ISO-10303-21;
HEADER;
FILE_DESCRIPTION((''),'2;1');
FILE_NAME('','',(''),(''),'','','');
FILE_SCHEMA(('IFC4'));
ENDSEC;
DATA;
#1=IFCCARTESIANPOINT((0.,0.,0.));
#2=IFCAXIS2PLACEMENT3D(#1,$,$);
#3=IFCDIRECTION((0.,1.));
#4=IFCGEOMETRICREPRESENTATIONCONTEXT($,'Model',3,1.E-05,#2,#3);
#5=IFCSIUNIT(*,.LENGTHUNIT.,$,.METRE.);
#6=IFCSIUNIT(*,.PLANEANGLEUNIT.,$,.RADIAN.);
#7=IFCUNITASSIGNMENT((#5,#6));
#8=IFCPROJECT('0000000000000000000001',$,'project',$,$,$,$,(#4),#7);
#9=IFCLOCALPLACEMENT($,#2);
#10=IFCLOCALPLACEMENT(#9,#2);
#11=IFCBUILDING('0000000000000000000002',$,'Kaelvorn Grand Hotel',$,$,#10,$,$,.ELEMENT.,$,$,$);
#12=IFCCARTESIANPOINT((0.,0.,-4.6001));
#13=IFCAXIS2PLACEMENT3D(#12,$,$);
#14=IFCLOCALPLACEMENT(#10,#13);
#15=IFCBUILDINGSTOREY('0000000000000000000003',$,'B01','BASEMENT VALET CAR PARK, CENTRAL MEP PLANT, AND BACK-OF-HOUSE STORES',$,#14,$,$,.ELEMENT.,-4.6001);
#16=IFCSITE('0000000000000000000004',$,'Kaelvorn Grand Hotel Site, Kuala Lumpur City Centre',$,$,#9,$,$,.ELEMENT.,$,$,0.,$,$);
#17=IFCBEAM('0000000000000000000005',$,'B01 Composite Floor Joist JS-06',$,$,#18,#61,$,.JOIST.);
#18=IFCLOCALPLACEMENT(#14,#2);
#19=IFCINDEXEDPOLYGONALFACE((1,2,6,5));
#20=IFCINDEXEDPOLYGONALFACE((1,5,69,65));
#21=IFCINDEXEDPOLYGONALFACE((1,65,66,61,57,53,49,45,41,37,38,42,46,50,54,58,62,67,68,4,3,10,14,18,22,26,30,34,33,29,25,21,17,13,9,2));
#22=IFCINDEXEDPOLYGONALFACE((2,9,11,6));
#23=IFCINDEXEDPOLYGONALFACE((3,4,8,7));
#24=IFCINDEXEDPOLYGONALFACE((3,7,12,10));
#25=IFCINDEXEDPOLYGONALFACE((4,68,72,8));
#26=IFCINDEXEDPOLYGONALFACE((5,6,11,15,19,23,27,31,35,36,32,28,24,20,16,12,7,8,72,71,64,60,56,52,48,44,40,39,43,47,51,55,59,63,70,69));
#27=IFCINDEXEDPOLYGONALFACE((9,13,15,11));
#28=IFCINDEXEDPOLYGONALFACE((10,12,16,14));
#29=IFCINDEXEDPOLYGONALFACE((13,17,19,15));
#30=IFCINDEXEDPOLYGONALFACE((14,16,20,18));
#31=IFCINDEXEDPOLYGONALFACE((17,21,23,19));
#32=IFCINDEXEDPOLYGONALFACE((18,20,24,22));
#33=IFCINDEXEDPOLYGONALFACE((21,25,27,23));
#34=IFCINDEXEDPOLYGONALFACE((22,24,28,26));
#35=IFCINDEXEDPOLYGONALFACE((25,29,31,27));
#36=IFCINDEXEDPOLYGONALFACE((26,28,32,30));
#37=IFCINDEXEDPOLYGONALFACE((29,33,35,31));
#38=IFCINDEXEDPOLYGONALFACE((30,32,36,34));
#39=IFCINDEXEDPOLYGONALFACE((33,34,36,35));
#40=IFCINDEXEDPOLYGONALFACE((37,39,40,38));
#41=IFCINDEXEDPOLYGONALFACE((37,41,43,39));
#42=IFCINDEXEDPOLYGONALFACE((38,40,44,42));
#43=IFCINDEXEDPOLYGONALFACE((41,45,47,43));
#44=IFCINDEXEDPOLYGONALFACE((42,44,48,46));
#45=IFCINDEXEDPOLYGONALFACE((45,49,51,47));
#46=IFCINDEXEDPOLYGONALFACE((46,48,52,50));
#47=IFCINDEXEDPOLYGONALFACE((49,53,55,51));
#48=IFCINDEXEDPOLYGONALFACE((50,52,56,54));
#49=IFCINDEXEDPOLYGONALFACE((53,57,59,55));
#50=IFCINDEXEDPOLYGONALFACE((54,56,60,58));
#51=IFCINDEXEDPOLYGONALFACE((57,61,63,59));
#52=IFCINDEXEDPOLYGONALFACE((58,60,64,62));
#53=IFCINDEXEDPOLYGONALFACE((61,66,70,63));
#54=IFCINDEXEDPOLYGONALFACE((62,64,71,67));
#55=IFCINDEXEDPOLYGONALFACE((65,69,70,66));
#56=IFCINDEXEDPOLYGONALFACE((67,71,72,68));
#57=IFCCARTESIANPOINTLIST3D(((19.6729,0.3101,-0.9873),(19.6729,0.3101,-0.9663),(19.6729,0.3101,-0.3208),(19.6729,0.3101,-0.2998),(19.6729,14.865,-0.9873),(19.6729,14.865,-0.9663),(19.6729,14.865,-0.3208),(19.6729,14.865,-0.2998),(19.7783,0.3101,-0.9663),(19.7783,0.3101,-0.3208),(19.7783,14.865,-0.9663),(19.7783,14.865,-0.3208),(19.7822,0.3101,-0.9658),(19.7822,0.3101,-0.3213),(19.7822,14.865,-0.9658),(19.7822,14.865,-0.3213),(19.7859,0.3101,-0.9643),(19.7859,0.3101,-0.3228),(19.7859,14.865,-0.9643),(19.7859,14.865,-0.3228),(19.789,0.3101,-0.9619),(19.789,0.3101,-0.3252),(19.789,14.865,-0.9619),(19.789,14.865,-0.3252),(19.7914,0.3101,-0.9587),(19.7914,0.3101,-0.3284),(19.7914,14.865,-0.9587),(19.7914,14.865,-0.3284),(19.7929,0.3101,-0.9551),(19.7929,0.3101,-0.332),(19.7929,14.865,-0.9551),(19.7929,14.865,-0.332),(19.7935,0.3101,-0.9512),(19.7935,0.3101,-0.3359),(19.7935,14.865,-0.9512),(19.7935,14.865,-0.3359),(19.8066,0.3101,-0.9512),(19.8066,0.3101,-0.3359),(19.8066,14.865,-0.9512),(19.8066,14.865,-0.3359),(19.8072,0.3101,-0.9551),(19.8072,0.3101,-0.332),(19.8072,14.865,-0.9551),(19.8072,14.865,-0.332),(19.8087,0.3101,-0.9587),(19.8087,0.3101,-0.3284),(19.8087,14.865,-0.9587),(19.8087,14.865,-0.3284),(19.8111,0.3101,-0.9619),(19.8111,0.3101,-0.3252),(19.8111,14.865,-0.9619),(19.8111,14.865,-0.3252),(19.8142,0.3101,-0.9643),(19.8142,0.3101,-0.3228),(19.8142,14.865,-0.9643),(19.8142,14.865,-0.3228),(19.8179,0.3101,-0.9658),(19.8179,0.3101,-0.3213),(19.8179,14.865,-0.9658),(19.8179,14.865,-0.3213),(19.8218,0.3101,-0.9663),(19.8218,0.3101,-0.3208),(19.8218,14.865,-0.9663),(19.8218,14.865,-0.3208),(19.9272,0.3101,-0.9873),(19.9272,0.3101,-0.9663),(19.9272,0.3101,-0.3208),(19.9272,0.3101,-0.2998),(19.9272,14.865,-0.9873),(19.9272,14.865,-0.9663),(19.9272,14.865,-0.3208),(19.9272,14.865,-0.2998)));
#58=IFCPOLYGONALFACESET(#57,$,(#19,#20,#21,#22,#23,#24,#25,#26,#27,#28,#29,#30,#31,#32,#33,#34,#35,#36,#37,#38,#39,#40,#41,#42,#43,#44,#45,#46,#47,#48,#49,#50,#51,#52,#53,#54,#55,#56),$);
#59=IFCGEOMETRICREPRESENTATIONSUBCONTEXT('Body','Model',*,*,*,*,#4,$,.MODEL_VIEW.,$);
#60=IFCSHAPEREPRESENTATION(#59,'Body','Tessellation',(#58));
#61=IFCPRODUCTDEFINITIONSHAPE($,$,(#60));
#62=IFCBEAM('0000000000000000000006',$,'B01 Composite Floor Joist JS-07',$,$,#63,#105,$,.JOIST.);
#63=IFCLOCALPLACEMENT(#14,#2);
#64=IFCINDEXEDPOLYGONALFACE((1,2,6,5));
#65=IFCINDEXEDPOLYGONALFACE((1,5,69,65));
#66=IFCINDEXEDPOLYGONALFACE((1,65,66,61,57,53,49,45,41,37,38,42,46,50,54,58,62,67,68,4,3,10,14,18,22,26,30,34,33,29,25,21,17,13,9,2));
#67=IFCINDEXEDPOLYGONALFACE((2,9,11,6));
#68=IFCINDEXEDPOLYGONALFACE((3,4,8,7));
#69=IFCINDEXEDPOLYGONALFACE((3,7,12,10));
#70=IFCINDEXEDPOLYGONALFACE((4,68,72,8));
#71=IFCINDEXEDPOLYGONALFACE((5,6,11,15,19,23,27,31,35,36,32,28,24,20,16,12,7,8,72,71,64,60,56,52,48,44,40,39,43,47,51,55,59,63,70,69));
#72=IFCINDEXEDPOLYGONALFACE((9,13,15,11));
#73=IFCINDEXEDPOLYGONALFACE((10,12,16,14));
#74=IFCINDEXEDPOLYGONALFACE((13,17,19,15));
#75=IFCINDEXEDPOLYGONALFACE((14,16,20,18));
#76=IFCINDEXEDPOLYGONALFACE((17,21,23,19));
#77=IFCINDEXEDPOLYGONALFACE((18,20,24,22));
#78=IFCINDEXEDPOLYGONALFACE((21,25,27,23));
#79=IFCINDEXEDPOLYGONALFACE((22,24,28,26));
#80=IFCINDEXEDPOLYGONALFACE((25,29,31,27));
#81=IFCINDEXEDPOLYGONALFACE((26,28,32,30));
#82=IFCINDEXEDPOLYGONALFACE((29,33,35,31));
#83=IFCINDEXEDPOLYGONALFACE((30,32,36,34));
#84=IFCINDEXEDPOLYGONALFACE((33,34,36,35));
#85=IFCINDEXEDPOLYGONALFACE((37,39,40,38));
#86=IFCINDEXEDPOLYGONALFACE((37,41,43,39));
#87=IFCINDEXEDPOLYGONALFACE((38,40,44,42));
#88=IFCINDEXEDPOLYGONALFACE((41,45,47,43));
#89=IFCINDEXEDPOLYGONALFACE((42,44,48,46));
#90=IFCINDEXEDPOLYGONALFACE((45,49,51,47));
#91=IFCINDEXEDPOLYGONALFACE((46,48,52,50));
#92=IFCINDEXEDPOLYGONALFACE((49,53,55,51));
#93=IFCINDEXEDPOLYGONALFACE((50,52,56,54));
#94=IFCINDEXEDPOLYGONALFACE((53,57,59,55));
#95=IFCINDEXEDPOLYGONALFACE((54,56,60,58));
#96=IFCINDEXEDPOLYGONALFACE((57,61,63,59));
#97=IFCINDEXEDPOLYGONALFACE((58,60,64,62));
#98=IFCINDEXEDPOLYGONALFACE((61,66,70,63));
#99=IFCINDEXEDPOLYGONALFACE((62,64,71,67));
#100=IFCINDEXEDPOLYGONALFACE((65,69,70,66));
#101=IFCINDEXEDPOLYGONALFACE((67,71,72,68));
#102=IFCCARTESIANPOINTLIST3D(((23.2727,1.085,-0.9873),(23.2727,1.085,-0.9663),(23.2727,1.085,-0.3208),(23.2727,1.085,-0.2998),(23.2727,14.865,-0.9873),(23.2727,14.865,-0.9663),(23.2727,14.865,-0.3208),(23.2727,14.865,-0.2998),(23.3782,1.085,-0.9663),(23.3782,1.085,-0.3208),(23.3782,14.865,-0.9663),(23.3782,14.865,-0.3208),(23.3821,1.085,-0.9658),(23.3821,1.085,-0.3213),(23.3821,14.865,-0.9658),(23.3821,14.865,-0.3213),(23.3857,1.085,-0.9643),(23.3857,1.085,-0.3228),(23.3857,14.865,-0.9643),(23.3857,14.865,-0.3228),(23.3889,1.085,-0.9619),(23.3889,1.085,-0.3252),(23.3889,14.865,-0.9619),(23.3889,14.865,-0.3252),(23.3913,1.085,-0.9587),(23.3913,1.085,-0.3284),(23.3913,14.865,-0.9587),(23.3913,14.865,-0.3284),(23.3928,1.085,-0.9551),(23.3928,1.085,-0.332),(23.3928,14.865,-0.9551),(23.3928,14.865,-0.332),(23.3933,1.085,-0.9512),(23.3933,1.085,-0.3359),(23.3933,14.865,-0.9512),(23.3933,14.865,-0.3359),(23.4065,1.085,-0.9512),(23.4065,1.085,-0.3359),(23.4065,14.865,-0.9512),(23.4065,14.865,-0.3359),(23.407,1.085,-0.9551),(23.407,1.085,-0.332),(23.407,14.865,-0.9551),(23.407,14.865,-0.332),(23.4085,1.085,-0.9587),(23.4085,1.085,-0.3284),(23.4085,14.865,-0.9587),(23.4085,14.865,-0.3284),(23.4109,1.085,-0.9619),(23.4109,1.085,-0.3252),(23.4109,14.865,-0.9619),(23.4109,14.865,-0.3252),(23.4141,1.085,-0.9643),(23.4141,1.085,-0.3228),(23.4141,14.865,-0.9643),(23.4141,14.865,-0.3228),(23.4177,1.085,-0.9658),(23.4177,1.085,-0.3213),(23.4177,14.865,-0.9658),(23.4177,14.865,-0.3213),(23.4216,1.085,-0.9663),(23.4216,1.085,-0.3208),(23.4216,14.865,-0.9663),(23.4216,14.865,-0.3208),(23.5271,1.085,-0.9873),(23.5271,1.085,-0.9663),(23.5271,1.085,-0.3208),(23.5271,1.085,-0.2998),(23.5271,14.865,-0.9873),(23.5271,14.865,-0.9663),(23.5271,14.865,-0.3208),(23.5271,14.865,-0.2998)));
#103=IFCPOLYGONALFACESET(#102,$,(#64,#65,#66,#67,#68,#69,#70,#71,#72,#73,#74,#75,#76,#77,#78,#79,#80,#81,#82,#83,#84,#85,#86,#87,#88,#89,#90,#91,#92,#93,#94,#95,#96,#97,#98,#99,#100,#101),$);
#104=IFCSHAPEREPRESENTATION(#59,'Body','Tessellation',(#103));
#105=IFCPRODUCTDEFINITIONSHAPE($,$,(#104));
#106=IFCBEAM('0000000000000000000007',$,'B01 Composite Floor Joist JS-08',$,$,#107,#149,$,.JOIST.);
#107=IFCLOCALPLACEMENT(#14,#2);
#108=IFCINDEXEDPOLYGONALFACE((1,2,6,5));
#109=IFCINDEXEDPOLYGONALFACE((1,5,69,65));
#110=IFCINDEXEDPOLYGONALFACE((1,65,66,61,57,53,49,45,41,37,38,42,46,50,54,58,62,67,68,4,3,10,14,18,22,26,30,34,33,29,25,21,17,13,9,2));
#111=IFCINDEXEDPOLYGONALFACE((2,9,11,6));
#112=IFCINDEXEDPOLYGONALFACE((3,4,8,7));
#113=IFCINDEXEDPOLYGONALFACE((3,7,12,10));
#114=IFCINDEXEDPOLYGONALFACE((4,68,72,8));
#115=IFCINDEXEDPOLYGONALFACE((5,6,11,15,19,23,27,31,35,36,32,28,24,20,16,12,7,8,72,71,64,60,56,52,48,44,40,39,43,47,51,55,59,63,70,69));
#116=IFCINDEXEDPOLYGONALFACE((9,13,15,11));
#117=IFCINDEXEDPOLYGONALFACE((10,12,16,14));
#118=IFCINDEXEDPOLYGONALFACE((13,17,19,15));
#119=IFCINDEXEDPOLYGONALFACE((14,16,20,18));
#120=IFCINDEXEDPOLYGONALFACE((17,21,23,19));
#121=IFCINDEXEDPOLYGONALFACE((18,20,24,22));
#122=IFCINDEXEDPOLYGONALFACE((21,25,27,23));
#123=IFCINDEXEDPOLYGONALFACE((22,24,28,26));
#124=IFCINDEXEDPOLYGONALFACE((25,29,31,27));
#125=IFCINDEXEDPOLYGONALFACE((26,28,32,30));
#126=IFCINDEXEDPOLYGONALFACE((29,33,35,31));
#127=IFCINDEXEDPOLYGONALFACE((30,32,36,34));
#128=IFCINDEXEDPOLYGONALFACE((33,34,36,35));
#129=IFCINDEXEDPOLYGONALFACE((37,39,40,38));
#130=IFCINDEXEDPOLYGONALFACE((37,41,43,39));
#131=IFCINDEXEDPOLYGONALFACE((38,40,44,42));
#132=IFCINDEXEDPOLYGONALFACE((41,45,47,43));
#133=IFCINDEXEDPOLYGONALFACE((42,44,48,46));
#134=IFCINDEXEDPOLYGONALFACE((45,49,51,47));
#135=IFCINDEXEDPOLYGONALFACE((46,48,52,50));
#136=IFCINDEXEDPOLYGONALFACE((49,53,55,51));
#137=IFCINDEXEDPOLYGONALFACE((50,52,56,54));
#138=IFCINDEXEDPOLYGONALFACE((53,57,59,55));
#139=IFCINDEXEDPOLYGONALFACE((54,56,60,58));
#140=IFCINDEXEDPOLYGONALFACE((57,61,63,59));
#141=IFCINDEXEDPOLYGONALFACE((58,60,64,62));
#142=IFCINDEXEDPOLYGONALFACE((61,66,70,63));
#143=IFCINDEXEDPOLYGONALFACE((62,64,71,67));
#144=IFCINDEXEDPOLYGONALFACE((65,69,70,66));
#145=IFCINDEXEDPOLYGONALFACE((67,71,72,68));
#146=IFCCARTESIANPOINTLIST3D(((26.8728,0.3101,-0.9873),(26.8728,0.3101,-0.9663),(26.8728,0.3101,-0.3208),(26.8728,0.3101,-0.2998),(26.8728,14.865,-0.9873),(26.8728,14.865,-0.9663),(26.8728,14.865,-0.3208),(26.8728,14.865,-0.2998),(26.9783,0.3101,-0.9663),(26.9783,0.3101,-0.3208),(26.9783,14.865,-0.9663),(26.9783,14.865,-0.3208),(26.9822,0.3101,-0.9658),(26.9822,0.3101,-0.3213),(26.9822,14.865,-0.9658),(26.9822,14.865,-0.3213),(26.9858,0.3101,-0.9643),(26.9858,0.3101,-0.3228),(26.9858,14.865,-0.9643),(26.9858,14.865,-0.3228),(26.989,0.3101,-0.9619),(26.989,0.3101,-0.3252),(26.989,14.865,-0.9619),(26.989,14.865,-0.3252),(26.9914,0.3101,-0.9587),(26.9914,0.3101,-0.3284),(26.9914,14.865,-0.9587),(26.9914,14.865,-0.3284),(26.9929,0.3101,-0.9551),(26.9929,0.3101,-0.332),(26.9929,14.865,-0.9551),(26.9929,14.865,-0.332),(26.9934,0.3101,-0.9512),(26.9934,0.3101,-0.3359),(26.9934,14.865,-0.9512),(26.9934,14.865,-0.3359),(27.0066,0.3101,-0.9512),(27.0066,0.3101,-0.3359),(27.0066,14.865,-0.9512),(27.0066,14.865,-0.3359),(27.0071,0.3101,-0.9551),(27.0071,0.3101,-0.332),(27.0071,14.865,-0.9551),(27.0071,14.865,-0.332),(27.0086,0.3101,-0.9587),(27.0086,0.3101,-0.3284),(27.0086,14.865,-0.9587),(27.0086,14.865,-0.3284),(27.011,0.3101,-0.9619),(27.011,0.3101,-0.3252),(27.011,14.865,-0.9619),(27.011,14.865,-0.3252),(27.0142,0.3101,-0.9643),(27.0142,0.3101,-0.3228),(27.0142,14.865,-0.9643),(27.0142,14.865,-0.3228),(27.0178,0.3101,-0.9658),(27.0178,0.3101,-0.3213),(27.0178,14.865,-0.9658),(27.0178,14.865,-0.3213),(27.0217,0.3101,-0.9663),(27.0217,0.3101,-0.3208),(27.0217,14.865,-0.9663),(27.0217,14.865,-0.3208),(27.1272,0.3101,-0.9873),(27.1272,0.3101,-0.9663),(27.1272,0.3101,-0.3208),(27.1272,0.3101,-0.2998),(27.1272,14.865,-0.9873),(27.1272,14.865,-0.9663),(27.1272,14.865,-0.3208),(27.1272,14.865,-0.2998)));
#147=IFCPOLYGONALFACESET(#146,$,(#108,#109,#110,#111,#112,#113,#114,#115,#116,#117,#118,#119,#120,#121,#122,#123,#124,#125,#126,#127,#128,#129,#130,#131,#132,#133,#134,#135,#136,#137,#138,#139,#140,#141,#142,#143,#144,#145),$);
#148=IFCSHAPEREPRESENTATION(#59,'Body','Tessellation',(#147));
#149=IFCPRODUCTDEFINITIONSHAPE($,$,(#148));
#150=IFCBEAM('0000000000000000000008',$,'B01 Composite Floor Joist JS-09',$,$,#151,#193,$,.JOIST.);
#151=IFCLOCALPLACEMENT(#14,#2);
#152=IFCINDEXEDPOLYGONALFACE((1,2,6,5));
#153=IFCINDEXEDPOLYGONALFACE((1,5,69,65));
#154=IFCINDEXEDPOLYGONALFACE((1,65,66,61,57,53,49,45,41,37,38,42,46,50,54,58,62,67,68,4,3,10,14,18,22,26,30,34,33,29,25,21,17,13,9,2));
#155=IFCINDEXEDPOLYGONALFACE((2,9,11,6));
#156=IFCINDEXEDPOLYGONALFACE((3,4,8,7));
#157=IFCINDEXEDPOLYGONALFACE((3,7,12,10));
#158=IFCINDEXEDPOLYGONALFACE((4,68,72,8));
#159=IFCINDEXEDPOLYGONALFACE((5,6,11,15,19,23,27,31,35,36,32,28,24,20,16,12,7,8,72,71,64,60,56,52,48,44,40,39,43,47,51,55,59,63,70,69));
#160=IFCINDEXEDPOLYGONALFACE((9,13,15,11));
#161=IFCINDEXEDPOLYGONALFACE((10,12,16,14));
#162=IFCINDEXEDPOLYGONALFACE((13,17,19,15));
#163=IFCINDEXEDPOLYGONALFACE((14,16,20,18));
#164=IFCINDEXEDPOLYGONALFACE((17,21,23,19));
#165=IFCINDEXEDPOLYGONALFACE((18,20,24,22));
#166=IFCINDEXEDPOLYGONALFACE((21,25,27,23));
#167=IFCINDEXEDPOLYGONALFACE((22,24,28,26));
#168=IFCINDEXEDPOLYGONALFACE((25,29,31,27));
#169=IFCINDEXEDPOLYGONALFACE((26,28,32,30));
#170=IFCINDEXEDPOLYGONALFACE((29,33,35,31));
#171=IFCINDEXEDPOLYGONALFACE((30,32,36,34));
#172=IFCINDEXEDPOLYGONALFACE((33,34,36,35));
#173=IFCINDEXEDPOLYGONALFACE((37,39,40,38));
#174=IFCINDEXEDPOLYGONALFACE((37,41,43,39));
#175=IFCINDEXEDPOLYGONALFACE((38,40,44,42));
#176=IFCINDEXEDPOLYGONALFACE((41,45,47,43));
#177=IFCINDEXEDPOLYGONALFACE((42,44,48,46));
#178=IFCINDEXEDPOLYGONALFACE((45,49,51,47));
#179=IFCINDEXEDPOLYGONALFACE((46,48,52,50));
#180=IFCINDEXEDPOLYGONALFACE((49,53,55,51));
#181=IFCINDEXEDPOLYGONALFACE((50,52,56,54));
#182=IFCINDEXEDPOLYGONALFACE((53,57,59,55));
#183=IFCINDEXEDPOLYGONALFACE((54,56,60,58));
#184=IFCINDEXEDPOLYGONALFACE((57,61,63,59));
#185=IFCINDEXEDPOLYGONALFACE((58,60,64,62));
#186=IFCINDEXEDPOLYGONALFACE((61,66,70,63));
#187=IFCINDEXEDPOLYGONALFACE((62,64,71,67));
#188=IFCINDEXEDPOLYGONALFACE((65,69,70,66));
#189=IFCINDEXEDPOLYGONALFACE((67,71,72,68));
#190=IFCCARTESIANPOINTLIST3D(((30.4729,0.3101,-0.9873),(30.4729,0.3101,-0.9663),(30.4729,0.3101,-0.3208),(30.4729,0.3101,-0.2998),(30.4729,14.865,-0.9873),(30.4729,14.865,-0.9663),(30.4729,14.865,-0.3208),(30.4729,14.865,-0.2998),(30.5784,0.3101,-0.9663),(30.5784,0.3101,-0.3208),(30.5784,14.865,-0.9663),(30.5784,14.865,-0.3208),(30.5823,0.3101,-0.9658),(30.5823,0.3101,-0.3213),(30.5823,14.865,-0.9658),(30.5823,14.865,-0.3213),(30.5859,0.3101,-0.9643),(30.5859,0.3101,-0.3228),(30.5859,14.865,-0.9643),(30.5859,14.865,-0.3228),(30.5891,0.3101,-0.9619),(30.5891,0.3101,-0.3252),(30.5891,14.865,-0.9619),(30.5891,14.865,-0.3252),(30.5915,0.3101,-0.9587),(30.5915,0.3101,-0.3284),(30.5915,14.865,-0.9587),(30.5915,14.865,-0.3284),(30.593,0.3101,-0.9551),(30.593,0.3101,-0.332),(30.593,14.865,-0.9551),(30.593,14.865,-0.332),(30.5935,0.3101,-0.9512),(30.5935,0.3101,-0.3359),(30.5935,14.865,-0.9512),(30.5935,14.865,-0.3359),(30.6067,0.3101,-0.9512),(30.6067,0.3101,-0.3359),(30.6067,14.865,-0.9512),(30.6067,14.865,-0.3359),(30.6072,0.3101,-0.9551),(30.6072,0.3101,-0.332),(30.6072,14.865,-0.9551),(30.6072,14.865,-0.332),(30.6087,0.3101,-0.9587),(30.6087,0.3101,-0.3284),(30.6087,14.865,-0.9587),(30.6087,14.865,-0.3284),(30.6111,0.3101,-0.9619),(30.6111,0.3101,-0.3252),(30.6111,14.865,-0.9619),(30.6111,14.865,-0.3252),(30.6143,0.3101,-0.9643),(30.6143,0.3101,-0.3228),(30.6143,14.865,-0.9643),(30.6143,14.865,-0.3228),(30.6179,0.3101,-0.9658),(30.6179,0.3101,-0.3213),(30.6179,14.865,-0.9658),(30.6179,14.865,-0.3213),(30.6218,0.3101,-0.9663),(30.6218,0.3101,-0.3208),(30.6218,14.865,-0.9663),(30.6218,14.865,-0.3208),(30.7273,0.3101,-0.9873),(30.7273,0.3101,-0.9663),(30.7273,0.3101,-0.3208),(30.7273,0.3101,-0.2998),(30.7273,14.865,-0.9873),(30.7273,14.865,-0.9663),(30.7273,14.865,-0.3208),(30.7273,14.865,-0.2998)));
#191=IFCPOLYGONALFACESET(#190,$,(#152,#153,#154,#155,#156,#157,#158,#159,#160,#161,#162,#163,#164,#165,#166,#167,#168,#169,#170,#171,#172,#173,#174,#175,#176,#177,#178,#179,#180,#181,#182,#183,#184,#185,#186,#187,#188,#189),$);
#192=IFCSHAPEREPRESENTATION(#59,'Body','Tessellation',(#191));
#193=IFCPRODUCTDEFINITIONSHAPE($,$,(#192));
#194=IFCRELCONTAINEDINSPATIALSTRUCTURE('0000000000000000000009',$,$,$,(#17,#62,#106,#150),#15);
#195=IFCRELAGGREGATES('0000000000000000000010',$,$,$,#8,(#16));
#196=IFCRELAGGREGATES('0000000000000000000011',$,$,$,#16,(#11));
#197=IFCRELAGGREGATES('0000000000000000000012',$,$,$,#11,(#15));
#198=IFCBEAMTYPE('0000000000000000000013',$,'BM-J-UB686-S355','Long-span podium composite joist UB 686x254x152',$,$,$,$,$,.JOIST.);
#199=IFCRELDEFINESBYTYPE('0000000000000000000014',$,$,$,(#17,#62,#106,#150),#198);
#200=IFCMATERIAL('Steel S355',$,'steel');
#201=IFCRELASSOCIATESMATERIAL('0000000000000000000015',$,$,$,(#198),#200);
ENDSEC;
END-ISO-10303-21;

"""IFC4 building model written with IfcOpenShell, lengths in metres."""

from ifc_helpers import new_model, si_unit, direction, frame, origin, origin_2d, place, context, subcontext, project, spatial, i_section, extrude, material, material_profile, profile_set, type_object, element, save


model = new_model("IFC4")

# Units and contexts
model_context = context("Model", 3, precision=1e-05, world=origin(), true_north=direction((0.0, 1.0)))
body_context = subcontext(model_context, "Body", "Model", "MODEL_VIEW")
ifc_project = project(units=[si_unit("LENGTHUNIT", "METRE"), si_unit("PLANEANGLEUNIT", "RADIAN")], contexts=[model_context])

# Site, building, storey
site_placement = place(None, origin())
site = spatial("IfcSite", under=ifc_project, at=site_placement, Name="Kaelvorn Grand Hotel Site, Kuala Lumpur City Centre", CompositionType="ELEMENT", RefElevation=0.0)
building_placement = place(site_placement, origin())
building = spatial("IfcBuilding", under=site, at=building_placement, Name="Kaelvorn Grand Hotel", CompositionType="ELEMENT")
storey_placement = place(building_placement, frame((0.0, 0.0, -4.6001)))
storey = spatial("IfcBuildingStorey", under=building, at=storey_placement, Name="B01", Description="BASEMENT VALET CAR PARK, CENTRAL MEP PLANT, AND BACK-OF-HOUSE STORES", CompositionType="ELEMENT", Elevation=-4.6001)

# Beams
ifc_material_1 = material(Name="Steel S355", Category="steel")
ifc_material_profile_1 = material_profile(ifc_material_1, i_section(OverallWidth=0.2544, OverallDepth=0.6875, WebThickness=0.0132, FlangeThickness=0.021, FilletRadius=0.0151, at=origin_2d()), Name="UB 686x254x152")
ifc_profile_set_1 = profile_set([ifc_material_profile_1], Name="Steel S355")
beam_type_1 = type_object("IfcBeamType", Name="BM-J-UB686-S355", Description="Long-span podium composite joist UB 686x254x152", PredefinedType="JOIST", material=ifc_profile_set_1)
beam_1_placement = place(storey_placement, frame((19.8, 0.3101, -0.6436), z_axis=(0.0, 1.0, 0.0), x_axis=(-1.0, 0.0, 0.0)))
element("IfcBeam", 1, at=beam_1_placement, inside=storey, type_object=beam_type_1, Name="B01 Composite Floor Joist JS-06", PredefinedType="JOIST", context=body_context, shape_type="SweptSolid", body=[
    extrude(i_section(OverallWidth=0.2544, OverallDepth=0.6875, WebThickness=0.0132, FlangeThickness=0.021, FilletRadius=0.0151, at=origin_2d()), origin(), (0.0, 0.0, 1.0), 14.5549),
])
beam_2_placement = place(storey_placement, frame((23.3999, 1.085, -0.6436), z_axis=(0.0, 1.0, 0.0), x_axis=(-1.0, 0.0, 0.0)))
element("IfcBeam", 2, at=beam_2_placement, inside=storey, type_object=beam_type_1, Name="B01 Composite Floor Joist JS-07", PredefinedType="JOIST", context=body_context, shape_type="SweptSolid", body=[
    extrude(i_section(OverallWidth=0.2544, OverallDepth=0.6875, WebThickness=0.0132, FlangeThickness=0.021, FilletRadius=0.0151, at=origin_2d()), origin(), (0.0, 0.0, 1.0), 13.78),
])
for number, where, z_axis, x_axis, name in (
    (3, (27.0, 0.3101, -0.6436), (0.0, 1.0, 0.0), (-1.0, 0.0, 0.0), "B01 Composite Floor Joist JS-08"),
    (4, (30.6001, 0.3101, -0.6436), (0.0, 1.0, 0.0), (-1.0, 0.0, 0.0), "B01 Composite Floor Joist JS-09"),
):
    element("IfcBeam", number, at=place(storey_placement, frame(where, z_axis=z_axis, x_axis=x_axis)), inside=storey, type_object=beam_type_1, Name=name, PredefinedType="JOIST", context=body_context, shape_type="SweptSolid", body=[
        extrude(i_section(OverallWidth=0.2544, OverallDepth=0.6875, WebThickness=0.0132, FlangeThickness=0.021, FilletRadius=0.0151, at=origin_2d()), origin(), (0.0, 0.0, 1.0), 14.5549),
    ])

save(model, "model.ifc")
